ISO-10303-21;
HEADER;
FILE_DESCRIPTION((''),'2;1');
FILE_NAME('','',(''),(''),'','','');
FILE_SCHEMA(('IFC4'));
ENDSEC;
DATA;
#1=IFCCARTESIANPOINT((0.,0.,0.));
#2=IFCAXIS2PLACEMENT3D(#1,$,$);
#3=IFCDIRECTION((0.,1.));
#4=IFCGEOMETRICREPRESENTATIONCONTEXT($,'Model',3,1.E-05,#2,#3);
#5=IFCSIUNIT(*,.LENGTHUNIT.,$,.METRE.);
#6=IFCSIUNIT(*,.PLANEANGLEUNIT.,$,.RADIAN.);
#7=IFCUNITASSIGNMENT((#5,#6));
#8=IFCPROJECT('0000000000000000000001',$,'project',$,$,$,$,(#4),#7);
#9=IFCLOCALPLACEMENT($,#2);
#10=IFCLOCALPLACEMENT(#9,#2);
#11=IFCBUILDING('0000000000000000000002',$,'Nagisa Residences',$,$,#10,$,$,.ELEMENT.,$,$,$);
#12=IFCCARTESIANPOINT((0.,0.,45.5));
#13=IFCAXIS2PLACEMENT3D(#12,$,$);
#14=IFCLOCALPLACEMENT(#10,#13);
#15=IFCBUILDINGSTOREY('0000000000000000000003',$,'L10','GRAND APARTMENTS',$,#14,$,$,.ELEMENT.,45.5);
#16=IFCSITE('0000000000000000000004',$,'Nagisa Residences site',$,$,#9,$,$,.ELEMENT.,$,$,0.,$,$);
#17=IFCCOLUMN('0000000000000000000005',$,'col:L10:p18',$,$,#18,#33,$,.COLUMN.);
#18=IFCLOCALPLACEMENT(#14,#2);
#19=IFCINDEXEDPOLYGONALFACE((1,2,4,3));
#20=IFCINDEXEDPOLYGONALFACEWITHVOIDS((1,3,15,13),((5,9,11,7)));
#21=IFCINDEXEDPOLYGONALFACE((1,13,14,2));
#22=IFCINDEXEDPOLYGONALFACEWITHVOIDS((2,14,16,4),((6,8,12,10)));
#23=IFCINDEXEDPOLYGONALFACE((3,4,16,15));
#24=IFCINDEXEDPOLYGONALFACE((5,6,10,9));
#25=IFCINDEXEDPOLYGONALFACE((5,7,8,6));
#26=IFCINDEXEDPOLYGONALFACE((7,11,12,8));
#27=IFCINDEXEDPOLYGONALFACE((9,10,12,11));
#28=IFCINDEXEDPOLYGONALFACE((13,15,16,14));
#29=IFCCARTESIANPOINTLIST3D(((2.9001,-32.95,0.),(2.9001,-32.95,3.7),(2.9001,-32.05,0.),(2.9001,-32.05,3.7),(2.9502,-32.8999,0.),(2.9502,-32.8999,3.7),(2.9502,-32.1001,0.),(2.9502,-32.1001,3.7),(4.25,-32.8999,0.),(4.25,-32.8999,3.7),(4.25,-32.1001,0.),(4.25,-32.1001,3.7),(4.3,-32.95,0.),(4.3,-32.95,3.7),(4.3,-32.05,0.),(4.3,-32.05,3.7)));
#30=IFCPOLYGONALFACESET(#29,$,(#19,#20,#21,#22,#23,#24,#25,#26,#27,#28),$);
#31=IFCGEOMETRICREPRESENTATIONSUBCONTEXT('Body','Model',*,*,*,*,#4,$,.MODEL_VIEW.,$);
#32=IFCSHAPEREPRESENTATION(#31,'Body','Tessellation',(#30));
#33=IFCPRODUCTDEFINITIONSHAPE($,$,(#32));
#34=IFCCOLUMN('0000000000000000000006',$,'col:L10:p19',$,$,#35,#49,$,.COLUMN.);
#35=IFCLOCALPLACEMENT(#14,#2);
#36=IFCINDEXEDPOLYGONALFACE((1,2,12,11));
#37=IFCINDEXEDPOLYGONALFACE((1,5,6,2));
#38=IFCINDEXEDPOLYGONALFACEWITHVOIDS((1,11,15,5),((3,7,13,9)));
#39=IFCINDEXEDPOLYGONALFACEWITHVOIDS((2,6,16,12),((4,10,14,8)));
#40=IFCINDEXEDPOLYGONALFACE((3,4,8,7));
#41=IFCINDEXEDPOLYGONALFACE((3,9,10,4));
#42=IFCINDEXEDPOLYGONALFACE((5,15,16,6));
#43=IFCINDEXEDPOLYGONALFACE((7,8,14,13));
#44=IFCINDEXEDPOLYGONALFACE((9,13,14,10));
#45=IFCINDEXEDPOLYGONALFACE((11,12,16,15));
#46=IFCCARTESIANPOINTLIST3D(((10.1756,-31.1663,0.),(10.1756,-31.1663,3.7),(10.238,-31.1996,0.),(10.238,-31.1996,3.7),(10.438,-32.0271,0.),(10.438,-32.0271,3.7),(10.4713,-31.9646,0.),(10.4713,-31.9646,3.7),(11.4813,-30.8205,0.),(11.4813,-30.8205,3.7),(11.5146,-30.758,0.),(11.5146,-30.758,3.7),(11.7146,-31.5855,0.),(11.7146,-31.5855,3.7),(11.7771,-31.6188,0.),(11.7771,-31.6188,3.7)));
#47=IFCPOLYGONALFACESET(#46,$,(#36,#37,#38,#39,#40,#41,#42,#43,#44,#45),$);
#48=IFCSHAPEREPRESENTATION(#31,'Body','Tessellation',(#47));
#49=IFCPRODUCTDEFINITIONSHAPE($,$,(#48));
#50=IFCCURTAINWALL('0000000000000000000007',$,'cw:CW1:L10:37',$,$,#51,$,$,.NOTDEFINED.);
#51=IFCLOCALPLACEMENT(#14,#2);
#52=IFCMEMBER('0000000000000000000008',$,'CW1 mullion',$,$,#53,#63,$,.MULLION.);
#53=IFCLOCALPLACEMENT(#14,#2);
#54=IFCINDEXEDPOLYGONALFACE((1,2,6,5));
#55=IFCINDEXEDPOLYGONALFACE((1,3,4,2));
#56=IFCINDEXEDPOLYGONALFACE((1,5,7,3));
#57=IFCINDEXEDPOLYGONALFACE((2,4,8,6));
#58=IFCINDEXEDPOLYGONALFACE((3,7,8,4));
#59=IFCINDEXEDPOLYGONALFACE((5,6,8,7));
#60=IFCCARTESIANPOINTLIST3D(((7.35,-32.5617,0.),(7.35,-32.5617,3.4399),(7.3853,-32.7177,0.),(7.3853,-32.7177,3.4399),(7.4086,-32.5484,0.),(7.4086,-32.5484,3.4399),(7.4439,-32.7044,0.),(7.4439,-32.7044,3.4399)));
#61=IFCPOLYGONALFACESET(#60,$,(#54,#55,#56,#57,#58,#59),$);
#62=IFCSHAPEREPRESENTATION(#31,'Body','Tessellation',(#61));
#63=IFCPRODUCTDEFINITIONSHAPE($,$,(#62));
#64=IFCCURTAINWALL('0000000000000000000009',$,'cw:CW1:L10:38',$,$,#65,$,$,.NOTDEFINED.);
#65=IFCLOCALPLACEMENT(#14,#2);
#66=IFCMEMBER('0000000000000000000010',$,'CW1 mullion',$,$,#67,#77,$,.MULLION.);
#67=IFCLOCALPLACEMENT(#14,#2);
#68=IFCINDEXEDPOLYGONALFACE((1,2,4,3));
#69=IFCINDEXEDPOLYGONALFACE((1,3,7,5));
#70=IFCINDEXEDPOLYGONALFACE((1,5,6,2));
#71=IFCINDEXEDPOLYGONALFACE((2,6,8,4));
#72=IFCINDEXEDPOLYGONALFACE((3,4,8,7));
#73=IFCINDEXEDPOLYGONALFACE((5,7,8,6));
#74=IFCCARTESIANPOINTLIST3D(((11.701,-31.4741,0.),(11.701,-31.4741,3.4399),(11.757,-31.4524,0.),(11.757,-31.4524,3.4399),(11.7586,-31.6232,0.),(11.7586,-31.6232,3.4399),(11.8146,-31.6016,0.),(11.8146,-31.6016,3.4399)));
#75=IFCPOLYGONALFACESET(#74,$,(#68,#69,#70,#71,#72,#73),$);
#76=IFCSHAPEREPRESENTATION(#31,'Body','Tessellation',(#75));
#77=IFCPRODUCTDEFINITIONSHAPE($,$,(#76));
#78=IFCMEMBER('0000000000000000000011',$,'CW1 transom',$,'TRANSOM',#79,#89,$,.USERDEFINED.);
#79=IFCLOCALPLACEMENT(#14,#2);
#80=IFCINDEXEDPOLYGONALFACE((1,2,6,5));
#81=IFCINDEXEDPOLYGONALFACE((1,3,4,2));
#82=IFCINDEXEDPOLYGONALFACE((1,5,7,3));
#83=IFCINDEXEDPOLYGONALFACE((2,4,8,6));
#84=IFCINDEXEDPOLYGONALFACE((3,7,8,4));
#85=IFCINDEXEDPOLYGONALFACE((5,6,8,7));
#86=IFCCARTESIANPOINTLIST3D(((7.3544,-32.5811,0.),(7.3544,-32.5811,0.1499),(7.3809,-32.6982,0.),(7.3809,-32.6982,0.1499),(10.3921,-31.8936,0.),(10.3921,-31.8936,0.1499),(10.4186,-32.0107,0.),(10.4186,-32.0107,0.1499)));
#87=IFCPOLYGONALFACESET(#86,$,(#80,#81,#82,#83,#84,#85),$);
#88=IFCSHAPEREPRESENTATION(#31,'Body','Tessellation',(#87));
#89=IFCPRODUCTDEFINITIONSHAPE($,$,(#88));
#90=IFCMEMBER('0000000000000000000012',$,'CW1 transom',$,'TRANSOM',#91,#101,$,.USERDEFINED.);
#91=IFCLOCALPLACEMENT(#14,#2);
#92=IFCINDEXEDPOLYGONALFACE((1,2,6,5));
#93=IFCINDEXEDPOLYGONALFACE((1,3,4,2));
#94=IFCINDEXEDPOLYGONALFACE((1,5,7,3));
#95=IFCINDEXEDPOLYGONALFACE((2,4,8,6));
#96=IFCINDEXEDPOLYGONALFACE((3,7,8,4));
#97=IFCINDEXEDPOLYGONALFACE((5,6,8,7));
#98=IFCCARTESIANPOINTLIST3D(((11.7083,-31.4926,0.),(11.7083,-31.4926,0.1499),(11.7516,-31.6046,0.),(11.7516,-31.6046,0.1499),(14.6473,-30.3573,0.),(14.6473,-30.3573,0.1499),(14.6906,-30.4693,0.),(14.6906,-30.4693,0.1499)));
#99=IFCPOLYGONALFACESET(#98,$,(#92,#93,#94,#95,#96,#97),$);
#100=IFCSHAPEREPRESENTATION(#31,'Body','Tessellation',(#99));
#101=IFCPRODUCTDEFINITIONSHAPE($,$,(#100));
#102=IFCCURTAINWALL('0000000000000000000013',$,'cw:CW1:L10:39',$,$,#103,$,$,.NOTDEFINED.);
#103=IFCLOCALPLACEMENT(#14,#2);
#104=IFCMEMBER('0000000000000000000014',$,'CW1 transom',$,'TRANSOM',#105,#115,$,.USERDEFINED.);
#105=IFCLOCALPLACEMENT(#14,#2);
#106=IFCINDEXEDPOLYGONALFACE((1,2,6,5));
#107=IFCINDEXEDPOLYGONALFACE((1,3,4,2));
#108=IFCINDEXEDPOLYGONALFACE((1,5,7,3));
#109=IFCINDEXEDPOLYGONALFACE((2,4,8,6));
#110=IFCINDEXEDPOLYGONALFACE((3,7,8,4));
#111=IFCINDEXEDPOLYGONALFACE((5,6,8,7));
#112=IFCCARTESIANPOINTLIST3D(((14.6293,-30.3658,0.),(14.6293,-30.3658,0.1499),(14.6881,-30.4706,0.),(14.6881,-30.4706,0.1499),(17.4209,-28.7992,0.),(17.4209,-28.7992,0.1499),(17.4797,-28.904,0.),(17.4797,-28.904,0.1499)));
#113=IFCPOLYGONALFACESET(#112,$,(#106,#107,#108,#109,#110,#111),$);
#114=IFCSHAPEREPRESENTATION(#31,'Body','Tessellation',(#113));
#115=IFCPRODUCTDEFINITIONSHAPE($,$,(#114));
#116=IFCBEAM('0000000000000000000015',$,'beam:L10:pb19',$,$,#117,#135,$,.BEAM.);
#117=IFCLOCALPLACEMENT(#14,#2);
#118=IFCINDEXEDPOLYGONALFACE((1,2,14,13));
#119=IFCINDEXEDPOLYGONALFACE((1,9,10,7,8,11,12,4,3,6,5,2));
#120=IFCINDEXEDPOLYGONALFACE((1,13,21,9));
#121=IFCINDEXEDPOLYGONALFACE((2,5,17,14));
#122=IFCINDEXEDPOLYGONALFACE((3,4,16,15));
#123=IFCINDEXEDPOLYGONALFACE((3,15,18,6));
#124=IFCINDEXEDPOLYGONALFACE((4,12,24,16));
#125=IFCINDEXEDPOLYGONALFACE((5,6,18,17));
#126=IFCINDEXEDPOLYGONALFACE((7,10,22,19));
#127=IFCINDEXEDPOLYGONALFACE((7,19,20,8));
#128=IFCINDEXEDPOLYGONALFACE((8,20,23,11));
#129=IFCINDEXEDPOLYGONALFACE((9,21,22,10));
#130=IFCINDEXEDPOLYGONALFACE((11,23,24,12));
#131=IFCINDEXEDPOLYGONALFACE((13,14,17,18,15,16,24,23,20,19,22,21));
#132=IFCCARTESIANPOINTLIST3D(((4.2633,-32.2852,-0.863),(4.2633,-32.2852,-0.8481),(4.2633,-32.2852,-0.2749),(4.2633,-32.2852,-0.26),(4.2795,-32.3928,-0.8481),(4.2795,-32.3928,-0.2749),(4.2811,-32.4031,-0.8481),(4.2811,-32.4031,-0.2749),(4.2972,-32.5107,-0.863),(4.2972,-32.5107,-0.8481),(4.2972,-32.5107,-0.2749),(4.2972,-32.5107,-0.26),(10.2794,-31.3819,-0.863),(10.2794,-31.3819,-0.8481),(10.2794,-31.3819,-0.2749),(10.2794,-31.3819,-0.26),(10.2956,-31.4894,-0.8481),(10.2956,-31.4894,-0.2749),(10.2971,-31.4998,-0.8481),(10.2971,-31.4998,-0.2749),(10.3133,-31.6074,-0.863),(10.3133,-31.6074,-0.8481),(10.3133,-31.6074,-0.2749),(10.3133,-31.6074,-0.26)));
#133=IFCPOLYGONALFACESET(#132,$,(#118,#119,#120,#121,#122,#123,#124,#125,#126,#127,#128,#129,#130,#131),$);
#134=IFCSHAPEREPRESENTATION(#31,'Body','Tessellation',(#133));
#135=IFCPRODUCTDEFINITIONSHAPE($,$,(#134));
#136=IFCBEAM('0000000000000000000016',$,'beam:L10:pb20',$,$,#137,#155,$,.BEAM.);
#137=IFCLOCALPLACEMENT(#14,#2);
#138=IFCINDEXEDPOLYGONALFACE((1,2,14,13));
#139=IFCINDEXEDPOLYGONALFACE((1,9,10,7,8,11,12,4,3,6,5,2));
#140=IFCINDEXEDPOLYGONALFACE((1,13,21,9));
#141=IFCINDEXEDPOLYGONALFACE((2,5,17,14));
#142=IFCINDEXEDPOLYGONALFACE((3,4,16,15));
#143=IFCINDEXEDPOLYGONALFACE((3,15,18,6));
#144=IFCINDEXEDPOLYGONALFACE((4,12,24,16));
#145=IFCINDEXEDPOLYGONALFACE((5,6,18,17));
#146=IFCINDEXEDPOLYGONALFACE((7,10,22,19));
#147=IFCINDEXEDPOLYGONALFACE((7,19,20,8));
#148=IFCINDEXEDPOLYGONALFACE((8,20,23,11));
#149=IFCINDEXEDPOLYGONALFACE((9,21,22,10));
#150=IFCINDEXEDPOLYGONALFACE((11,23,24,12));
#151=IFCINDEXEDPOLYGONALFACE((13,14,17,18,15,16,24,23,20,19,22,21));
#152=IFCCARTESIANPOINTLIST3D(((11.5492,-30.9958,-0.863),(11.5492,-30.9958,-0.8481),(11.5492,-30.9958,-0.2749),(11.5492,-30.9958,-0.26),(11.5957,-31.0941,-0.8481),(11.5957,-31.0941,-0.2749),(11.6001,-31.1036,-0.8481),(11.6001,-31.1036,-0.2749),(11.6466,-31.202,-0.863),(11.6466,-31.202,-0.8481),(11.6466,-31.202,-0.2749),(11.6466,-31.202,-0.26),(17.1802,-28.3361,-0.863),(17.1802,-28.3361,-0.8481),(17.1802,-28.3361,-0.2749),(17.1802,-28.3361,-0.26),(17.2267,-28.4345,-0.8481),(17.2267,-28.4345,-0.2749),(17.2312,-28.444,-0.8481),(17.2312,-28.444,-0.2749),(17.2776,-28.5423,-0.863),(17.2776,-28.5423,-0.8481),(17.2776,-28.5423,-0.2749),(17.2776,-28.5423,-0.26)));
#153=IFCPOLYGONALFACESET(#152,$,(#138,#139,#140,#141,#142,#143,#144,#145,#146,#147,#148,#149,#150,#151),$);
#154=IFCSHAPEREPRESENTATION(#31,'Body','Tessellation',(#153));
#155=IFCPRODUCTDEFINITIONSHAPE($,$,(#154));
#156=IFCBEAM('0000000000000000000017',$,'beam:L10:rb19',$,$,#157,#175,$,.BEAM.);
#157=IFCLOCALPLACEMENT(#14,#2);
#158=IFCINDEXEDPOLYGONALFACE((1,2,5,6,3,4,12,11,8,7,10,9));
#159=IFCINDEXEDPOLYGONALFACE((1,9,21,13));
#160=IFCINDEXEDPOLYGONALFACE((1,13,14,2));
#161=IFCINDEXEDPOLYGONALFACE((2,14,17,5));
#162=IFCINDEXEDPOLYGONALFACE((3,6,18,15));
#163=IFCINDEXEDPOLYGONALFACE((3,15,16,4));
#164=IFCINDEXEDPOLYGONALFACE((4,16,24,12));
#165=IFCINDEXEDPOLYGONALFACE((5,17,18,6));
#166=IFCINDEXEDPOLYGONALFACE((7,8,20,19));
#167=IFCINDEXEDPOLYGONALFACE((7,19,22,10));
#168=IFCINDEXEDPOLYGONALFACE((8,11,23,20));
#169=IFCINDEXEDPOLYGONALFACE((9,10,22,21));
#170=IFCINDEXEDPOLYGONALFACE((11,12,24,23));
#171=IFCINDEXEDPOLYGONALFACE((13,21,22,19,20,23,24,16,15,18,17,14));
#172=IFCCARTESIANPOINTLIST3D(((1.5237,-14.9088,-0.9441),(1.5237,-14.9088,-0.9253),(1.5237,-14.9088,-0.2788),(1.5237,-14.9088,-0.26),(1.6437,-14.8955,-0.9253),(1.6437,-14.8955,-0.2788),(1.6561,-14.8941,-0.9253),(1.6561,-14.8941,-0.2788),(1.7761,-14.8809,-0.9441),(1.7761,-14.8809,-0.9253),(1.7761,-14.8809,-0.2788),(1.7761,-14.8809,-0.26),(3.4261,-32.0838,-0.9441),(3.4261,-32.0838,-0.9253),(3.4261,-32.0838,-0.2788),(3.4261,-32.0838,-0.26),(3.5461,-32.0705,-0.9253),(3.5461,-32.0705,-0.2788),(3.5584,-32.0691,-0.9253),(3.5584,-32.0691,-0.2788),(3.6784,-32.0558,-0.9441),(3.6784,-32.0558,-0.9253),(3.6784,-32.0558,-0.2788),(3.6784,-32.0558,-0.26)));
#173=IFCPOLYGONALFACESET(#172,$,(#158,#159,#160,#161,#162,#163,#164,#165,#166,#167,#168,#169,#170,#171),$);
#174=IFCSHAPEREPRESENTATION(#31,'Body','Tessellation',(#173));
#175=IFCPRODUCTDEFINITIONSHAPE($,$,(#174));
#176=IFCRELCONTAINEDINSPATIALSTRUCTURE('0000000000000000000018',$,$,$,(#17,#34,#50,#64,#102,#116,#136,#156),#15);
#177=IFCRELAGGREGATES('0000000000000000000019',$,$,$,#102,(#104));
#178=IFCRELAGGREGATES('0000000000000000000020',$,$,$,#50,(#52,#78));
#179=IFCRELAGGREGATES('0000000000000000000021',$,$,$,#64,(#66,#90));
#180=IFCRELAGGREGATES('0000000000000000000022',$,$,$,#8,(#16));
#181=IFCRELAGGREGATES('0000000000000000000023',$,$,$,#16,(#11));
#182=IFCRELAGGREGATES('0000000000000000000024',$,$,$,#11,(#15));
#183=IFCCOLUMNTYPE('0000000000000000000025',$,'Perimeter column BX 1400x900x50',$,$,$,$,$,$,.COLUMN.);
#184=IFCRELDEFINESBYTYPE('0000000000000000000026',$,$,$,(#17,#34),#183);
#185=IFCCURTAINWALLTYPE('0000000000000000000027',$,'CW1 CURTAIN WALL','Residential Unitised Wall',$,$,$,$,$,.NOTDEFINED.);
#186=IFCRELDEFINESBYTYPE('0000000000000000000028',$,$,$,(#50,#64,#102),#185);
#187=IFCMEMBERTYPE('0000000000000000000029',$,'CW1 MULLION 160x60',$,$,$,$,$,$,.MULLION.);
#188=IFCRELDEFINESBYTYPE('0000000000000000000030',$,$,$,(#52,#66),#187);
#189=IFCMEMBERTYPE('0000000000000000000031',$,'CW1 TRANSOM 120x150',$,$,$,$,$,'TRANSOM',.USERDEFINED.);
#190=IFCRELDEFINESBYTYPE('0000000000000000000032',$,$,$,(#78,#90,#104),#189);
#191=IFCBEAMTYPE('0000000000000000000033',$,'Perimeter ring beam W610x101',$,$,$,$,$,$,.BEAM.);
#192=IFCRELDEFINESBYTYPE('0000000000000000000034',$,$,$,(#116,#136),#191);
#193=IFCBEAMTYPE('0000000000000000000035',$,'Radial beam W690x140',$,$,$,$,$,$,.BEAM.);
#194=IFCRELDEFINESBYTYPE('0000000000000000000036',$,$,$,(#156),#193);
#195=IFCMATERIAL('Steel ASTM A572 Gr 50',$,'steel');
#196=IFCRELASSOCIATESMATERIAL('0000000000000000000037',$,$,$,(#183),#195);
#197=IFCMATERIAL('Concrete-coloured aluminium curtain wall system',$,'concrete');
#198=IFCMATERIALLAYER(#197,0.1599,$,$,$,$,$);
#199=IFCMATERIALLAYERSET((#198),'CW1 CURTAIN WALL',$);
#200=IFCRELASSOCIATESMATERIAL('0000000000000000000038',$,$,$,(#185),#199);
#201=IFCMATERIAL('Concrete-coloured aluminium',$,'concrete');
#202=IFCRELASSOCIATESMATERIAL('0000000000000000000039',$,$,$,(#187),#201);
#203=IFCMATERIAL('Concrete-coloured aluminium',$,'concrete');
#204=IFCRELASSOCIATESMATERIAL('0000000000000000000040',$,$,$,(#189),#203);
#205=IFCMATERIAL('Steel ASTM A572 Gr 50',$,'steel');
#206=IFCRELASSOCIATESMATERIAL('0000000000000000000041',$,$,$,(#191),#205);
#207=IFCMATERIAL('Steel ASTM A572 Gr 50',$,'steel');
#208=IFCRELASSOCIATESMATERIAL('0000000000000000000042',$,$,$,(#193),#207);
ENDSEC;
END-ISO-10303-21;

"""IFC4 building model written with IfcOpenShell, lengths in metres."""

from ifc_helpers import new_model, si_unit, direction, frame, origin, origin_2d, place, context, subcontext, project, spatial, rectangle, hollow_rectangle, i_section, extrude, material, layer, layer_set, material_profile, profile_set, type_object, element, aggregate, save


model = new_model("IFC4")

# Units and contexts
model_context = context("Model", 3, precision=1e-05, world=origin(), true_north=direction((0.0, 1.0)))
body_context = subcontext(model_context, "Body", "Model", "MODEL_VIEW")
ifc_project = project(units=[si_unit("LENGTHUNIT", "METRE"), si_unit("PLANEANGLEUNIT", "RADIAN")], contexts=[model_context])

# Site, building, storey
site_placement = place(None, origin())
site = spatial("IfcSite", under=ifc_project, at=site_placement, Name="Nagisa Residences site", CompositionType="ELEMENT", RefElevation=0.0)
building_placement = place(site_placement, origin())
building = spatial("IfcBuilding", under=site, at=building_placement, Name="Nagisa Residences", CompositionType="ELEMENT")
storey_placement = place(building_placement, frame((0.0, 0.0, 45.5)))
storey = spatial("IfcBuildingStorey", under=building, at=storey_placement, Name="L10", Description="GRAND APARTMENTS", CompositionType="ELEMENT", Elevation=45.5)

# Columns
ifc_material_1 = material(Name="Steel ASTM A572 Gr 50", Category="steel")
ifc_material_profile_1 = material_profile(ifc_material_1, hollow_rectangle(XDim=1.3999, YDim=0.8999, WallThickness=0.05, at=origin_2d()), Name="BX 1400x900x50")
ifc_profile_set_1 = profile_set([ifc_material_profile_1], Name="Steel ASTM A572 Gr 50")
column_type = type_object("IfcColumnType", Name="Perimeter column BX 1400x900x50", PredefinedType="COLUMN", material=ifc_profile_set_1)
for number, where, z_axis, x_axis, name in (
    (1, (3.6001, -32.5, 0.0), (0.0, 0.0, 1.0), (1.0, 0.0, 0.0), "col:L10:p18"),
    (2, (10.9763, -31.3926, 0.0), (0.0, 0.0, 1.0), (0.956525, 0.291652, 0.0), "col:L10:p19"),
):
    element("IfcColumn", number, at=place(storey_placement, frame(where, z_axis=z_axis, x_axis=x_axis)), inside=storey, type_object=column_type, Name=name, PredefinedType="COLUMN", context=body_context, shape_type="SweptSolid", body=[
        extrude(hollow_rectangle(XDim=1.3999, YDim=0.8999, WallThickness=0.05, at=origin_2d()), origin(), (0.0, 0.0, 1.0), 3.7),
    ])

# Curtain walls, members
ifc_material_2 = material(Name="Concrete-coloured aluminium curtain wall system", Category="concrete")
ifc_layer_1 = layer(ifc_material_2, 0.1599)
ifc_layer_set_1 = layer_set([ifc_layer_1], Name="CW1 CURTAIN WALL")
curtain_wall_type = type_object("IfcCurtainWallType", Name="CW1 CURTAIN WALL", Description="Residential Unitised Wall", PredefinedType="NOTDEFINED", material=ifc_layer_set_1)
curtain_wall_1_placement = place(storey_placement, origin())
curtain_wall_1 = element("IfcCurtainWall", 3, at=curtain_wall_1_placement, inside=storey, type_object=curtain_wall_type, Name="cw:CW1:L10:37", PredefinedType="NOTDEFINED")
ifc_material_3 = material(Name="Concrete-coloured aluminium", Category="concrete")
ifc_material_profile_2 = material_profile(ifc_material_3, rectangle(XDim=0.1599, YDim=0.0601, at=origin_2d()), Name="CW1 MULLION 160x60")
ifc_profile_set_2 = profile_set([ifc_material_profile_2], Name="Concrete-coloured aluminium")
member_type_1 = type_object("IfcMemberType", Name="CW1 MULLION 160x60", PredefinedType="MULLION", material=ifc_profile_set_2)
member_1_placement = place(storey_placement, frame((7.397, -32.6331, 0.0), z_axis=(0.0, 0.0, 1.0), x_axis=(-0.220764, 0.975327, 0.0)))
member_1 = element("IfcMember", 4, at=member_1_placement, type_object=member_type_1, Name="CW1 mullion", PredefinedType="MULLION", context=body_context, shape_type="SweptSolid", body=[
    extrude(rectangle(XDim=0.1599, YDim=0.0601, at=origin_2d()), origin(), (0.0, 0.0, 1.0), 3.4399),
])
curtain_wall_2_placement = place(storey_placement, origin())
curtain_wall_2 = element("IfcCurtainWall", 5, at=curtain_wall_2_placement, inside=storey, type_object=curtain_wall_type, Name="cw:CW1:L10:38", PredefinedType="NOTDEFINED")
member_2_placement = place(storey_placement, frame((11.7578, -31.5378, 0.0), z_axis=(0.0, 0.0, 1.0), x_axis=(-0.360328, 0.932826, 0.0)))
member_2 = element("IfcMember", 6, at=member_2_placement, type_object=member_type_1, Name="CW1 mullion", PredefinedType="MULLION", context=body_context, shape_type="SweptSolid", body=[
    extrude(rectangle(XDim=0.1599, YDim=0.0601, at=origin_2d()), origin(), (0.0, 0.0, 1.0), 3.4399),
])

# Members
ifc_material_4 = material(Name="Concrete-coloured aluminium", Category="concrete")
ifc_material_profile_3 = material_profile(ifc_material_4, rectangle(XDim=0.1201, YDim=0.1499, at=origin_2d()), Name="CW1 TRANSOM 120x150")
ifc_profile_set_3 = profile_set([ifc_material_profile_3], Name="Concrete-coloured aluminium")
member_type_2 = type_object("IfcMemberType", Name="CW1 TRANSOM 120x150", ElementType="TRANSOM", PredefinedType="USERDEFINED", material=ifc_profile_set_3)
member_3_placement = place(storey_placement, frame((7.3677, -32.6396, 0.075), z_axis=(0.975331, 0.220747, 0.0), x_axis=(-0.220747, 0.975331, 0.0)))
member_3 = element("IfcMember", 7, at=member_3_placement, type_object=member_type_2, Name="CW1 transom", ObjectType="TRANSOM", PredefinedType="USERDEFINED", context=body_context, shape_type="SweptSolid", body=[
    extrude(rectangle(XDim=0.1201, YDim=0.1499, at=origin_2d()), origin(), (0.0, 0.0, 1.0), 3.1145),
])
member_4_placement = place(storey_placement, frame((11.73, -31.5486, 0.075), z_axis=(0.932825, 0.360329, 0.0), x_axis=(-0.360329, 0.932825, 0.0)))
member_4 = element("IfcMember", 8, at=member_4_placement, type_object=member_type_2, Name="CW1 transom", ObjectType="TRANSOM", PredefinedType="USERDEFINED", context=body_context, shape_type="SweptSolid", body=[
    extrude(rectangle(XDim=0.1201, YDim=0.1499, at=origin_2d()), origin(), (0.0, 0.0, 1.0), 3.1506),
])

# Curtain wall, member
curtain_wall_3_placement = place(storey_placement, origin())
curtain_wall_3 = element("IfcCurtainWall", 9, at=curtain_wall_3_placement, inside=storey, type_object=curtain_wall_type, Name="cw:CW1:L10:39", PredefinedType="NOTDEFINED")
member_5_placement = place(storey_placement, frame((14.6587, -30.4182, 0.075), z_axis=(0.87207, 0.489381, 0.0), x_axis=(-0.489381, 0.87207, 0.0)))
member_5 = element("IfcMember", 10, at=member_5_placement, type_object=member_type_2, Name="CW1 transom", ObjectType="TRANSOM", PredefinedType="USERDEFINED", context=body_context, shape_type="SweptSolid", body=[
    extrude(rectangle(XDim=0.1201, YDim=0.1499, at=origin_2d()), origin(), (0.0, 0.0, 1.0), 3.2012),
])
aggregate(curtain_wall_3, [member_5])

# Beams
ifc_material_5 = material(Name="Steel ASTM A572 Gr 50", Category="steel")
ifc_material_profile_4 = material_profile(ifc_material_5, i_section(OverallWidth=0.228, OverallDepth=0.603, WebThickness=0.0105, FlangeThickness=0.0149, at=origin_2d()), Name="W610x101")
ifc_profile_set_4 = profile_set([ifc_material_profile_4], Name="Steel ASTM A572 Gr 50")
beam_type_1 = type_object("IfcBeamType", Name="Perimeter ring beam W610x101", PredefinedType="BEAM", material=ifc_profile_set_4)
beam_1_placement = place(storey_placement, frame((4.2803, -32.3979, -0.5615), z_axis=(0.988915, 0.148486, 0.0), x_axis=(-0.148486, 0.988915, 0.0)))
element("IfcBeam", 11, at=beam_1_placement, inside=storey, type_object=beam_type_1, Name="beam:L10:pb19", PredefinedType="BEAM", context=body_context, shape_type="SweptSolid", body=[
    extrude(i_section(OverallWidth=0.228, OverallDepth=0.603, WebThickness=0.0105, FlangeThickness=0.0149, at=origin_2d()), origin(), (0.0, 0.0, 1.0), 6.0835),
])
beam_2_placement = place(storey_placement, frame((11.5979, -31.0989, -0.5615), z_axis=(0.904215, 0.427077, 0.0), x_axis=(-0.427077, 0.904215, 0.0)))
element("IfcBeam", 12, at=beam_2_placement, inside=storey, type_object=beam_type_1, Name="beam:L10:pb20", PredefinedType="BEAM", context=body_context, shape_type="SweptSolid", body=[
    extrude(i_section(OverallWidth=0.228, OverallDepth=0.603, WebThickness=0.0105, FlangeThickness=0.0149, at=origin_2d()), origin(), (0.0, 0.0, 1.0), 6.2275),
])
ifc_material_6 = material(Name="Steel ASTM A572 Gr 50", Category="steel")
ifc_material_profile_5 = material_profile(ifc_material_6, i_section(OverallWidth=0.2539, OverallDepth=0.6841, WebThickness=0.0125, FlangeThickness=0.0188, at=origin_2d()), Name="W690x140")
ifc_profile_set_5 = profile_set([ifc_material_profile_5], Name="Steel ASTM A572 Gr 50")
beam_type_2 = type_object("IfcBeamType", Name="Radial beam W690x140", PredefinedType="BEAM", material=ifc_profile_set_5)
beam_3_placement = place(storey_placement, frame((3.5522, -32.0698, -0.6021), z_axis=(-0.110089, 0.993922, 0.0), x_axis=(-0.993922, -0.110089, 0.0)))
element("IfcBeam", 13, at=beam_3_placement, inside=storey, type_object=beam_type_2, Name="beam:L10:rb19", PredefinedType="BEAM", context=body_context, shape_type="SweptSolid", body=[
    extrude(i_section(OverallWidth=0.2539, OverallDepth=0.6841, WebThickness=0.0125, FlangeThickness=0.0188, at=origin_2d()), origin(), (0.0, 0.0, 1.0), 17.28),
])

aggregate(curtain_wall_1, [member_1, member_3])
aggregate(curtain_wall_2, [member_2, member_4])

save(model, "model.ifc")
